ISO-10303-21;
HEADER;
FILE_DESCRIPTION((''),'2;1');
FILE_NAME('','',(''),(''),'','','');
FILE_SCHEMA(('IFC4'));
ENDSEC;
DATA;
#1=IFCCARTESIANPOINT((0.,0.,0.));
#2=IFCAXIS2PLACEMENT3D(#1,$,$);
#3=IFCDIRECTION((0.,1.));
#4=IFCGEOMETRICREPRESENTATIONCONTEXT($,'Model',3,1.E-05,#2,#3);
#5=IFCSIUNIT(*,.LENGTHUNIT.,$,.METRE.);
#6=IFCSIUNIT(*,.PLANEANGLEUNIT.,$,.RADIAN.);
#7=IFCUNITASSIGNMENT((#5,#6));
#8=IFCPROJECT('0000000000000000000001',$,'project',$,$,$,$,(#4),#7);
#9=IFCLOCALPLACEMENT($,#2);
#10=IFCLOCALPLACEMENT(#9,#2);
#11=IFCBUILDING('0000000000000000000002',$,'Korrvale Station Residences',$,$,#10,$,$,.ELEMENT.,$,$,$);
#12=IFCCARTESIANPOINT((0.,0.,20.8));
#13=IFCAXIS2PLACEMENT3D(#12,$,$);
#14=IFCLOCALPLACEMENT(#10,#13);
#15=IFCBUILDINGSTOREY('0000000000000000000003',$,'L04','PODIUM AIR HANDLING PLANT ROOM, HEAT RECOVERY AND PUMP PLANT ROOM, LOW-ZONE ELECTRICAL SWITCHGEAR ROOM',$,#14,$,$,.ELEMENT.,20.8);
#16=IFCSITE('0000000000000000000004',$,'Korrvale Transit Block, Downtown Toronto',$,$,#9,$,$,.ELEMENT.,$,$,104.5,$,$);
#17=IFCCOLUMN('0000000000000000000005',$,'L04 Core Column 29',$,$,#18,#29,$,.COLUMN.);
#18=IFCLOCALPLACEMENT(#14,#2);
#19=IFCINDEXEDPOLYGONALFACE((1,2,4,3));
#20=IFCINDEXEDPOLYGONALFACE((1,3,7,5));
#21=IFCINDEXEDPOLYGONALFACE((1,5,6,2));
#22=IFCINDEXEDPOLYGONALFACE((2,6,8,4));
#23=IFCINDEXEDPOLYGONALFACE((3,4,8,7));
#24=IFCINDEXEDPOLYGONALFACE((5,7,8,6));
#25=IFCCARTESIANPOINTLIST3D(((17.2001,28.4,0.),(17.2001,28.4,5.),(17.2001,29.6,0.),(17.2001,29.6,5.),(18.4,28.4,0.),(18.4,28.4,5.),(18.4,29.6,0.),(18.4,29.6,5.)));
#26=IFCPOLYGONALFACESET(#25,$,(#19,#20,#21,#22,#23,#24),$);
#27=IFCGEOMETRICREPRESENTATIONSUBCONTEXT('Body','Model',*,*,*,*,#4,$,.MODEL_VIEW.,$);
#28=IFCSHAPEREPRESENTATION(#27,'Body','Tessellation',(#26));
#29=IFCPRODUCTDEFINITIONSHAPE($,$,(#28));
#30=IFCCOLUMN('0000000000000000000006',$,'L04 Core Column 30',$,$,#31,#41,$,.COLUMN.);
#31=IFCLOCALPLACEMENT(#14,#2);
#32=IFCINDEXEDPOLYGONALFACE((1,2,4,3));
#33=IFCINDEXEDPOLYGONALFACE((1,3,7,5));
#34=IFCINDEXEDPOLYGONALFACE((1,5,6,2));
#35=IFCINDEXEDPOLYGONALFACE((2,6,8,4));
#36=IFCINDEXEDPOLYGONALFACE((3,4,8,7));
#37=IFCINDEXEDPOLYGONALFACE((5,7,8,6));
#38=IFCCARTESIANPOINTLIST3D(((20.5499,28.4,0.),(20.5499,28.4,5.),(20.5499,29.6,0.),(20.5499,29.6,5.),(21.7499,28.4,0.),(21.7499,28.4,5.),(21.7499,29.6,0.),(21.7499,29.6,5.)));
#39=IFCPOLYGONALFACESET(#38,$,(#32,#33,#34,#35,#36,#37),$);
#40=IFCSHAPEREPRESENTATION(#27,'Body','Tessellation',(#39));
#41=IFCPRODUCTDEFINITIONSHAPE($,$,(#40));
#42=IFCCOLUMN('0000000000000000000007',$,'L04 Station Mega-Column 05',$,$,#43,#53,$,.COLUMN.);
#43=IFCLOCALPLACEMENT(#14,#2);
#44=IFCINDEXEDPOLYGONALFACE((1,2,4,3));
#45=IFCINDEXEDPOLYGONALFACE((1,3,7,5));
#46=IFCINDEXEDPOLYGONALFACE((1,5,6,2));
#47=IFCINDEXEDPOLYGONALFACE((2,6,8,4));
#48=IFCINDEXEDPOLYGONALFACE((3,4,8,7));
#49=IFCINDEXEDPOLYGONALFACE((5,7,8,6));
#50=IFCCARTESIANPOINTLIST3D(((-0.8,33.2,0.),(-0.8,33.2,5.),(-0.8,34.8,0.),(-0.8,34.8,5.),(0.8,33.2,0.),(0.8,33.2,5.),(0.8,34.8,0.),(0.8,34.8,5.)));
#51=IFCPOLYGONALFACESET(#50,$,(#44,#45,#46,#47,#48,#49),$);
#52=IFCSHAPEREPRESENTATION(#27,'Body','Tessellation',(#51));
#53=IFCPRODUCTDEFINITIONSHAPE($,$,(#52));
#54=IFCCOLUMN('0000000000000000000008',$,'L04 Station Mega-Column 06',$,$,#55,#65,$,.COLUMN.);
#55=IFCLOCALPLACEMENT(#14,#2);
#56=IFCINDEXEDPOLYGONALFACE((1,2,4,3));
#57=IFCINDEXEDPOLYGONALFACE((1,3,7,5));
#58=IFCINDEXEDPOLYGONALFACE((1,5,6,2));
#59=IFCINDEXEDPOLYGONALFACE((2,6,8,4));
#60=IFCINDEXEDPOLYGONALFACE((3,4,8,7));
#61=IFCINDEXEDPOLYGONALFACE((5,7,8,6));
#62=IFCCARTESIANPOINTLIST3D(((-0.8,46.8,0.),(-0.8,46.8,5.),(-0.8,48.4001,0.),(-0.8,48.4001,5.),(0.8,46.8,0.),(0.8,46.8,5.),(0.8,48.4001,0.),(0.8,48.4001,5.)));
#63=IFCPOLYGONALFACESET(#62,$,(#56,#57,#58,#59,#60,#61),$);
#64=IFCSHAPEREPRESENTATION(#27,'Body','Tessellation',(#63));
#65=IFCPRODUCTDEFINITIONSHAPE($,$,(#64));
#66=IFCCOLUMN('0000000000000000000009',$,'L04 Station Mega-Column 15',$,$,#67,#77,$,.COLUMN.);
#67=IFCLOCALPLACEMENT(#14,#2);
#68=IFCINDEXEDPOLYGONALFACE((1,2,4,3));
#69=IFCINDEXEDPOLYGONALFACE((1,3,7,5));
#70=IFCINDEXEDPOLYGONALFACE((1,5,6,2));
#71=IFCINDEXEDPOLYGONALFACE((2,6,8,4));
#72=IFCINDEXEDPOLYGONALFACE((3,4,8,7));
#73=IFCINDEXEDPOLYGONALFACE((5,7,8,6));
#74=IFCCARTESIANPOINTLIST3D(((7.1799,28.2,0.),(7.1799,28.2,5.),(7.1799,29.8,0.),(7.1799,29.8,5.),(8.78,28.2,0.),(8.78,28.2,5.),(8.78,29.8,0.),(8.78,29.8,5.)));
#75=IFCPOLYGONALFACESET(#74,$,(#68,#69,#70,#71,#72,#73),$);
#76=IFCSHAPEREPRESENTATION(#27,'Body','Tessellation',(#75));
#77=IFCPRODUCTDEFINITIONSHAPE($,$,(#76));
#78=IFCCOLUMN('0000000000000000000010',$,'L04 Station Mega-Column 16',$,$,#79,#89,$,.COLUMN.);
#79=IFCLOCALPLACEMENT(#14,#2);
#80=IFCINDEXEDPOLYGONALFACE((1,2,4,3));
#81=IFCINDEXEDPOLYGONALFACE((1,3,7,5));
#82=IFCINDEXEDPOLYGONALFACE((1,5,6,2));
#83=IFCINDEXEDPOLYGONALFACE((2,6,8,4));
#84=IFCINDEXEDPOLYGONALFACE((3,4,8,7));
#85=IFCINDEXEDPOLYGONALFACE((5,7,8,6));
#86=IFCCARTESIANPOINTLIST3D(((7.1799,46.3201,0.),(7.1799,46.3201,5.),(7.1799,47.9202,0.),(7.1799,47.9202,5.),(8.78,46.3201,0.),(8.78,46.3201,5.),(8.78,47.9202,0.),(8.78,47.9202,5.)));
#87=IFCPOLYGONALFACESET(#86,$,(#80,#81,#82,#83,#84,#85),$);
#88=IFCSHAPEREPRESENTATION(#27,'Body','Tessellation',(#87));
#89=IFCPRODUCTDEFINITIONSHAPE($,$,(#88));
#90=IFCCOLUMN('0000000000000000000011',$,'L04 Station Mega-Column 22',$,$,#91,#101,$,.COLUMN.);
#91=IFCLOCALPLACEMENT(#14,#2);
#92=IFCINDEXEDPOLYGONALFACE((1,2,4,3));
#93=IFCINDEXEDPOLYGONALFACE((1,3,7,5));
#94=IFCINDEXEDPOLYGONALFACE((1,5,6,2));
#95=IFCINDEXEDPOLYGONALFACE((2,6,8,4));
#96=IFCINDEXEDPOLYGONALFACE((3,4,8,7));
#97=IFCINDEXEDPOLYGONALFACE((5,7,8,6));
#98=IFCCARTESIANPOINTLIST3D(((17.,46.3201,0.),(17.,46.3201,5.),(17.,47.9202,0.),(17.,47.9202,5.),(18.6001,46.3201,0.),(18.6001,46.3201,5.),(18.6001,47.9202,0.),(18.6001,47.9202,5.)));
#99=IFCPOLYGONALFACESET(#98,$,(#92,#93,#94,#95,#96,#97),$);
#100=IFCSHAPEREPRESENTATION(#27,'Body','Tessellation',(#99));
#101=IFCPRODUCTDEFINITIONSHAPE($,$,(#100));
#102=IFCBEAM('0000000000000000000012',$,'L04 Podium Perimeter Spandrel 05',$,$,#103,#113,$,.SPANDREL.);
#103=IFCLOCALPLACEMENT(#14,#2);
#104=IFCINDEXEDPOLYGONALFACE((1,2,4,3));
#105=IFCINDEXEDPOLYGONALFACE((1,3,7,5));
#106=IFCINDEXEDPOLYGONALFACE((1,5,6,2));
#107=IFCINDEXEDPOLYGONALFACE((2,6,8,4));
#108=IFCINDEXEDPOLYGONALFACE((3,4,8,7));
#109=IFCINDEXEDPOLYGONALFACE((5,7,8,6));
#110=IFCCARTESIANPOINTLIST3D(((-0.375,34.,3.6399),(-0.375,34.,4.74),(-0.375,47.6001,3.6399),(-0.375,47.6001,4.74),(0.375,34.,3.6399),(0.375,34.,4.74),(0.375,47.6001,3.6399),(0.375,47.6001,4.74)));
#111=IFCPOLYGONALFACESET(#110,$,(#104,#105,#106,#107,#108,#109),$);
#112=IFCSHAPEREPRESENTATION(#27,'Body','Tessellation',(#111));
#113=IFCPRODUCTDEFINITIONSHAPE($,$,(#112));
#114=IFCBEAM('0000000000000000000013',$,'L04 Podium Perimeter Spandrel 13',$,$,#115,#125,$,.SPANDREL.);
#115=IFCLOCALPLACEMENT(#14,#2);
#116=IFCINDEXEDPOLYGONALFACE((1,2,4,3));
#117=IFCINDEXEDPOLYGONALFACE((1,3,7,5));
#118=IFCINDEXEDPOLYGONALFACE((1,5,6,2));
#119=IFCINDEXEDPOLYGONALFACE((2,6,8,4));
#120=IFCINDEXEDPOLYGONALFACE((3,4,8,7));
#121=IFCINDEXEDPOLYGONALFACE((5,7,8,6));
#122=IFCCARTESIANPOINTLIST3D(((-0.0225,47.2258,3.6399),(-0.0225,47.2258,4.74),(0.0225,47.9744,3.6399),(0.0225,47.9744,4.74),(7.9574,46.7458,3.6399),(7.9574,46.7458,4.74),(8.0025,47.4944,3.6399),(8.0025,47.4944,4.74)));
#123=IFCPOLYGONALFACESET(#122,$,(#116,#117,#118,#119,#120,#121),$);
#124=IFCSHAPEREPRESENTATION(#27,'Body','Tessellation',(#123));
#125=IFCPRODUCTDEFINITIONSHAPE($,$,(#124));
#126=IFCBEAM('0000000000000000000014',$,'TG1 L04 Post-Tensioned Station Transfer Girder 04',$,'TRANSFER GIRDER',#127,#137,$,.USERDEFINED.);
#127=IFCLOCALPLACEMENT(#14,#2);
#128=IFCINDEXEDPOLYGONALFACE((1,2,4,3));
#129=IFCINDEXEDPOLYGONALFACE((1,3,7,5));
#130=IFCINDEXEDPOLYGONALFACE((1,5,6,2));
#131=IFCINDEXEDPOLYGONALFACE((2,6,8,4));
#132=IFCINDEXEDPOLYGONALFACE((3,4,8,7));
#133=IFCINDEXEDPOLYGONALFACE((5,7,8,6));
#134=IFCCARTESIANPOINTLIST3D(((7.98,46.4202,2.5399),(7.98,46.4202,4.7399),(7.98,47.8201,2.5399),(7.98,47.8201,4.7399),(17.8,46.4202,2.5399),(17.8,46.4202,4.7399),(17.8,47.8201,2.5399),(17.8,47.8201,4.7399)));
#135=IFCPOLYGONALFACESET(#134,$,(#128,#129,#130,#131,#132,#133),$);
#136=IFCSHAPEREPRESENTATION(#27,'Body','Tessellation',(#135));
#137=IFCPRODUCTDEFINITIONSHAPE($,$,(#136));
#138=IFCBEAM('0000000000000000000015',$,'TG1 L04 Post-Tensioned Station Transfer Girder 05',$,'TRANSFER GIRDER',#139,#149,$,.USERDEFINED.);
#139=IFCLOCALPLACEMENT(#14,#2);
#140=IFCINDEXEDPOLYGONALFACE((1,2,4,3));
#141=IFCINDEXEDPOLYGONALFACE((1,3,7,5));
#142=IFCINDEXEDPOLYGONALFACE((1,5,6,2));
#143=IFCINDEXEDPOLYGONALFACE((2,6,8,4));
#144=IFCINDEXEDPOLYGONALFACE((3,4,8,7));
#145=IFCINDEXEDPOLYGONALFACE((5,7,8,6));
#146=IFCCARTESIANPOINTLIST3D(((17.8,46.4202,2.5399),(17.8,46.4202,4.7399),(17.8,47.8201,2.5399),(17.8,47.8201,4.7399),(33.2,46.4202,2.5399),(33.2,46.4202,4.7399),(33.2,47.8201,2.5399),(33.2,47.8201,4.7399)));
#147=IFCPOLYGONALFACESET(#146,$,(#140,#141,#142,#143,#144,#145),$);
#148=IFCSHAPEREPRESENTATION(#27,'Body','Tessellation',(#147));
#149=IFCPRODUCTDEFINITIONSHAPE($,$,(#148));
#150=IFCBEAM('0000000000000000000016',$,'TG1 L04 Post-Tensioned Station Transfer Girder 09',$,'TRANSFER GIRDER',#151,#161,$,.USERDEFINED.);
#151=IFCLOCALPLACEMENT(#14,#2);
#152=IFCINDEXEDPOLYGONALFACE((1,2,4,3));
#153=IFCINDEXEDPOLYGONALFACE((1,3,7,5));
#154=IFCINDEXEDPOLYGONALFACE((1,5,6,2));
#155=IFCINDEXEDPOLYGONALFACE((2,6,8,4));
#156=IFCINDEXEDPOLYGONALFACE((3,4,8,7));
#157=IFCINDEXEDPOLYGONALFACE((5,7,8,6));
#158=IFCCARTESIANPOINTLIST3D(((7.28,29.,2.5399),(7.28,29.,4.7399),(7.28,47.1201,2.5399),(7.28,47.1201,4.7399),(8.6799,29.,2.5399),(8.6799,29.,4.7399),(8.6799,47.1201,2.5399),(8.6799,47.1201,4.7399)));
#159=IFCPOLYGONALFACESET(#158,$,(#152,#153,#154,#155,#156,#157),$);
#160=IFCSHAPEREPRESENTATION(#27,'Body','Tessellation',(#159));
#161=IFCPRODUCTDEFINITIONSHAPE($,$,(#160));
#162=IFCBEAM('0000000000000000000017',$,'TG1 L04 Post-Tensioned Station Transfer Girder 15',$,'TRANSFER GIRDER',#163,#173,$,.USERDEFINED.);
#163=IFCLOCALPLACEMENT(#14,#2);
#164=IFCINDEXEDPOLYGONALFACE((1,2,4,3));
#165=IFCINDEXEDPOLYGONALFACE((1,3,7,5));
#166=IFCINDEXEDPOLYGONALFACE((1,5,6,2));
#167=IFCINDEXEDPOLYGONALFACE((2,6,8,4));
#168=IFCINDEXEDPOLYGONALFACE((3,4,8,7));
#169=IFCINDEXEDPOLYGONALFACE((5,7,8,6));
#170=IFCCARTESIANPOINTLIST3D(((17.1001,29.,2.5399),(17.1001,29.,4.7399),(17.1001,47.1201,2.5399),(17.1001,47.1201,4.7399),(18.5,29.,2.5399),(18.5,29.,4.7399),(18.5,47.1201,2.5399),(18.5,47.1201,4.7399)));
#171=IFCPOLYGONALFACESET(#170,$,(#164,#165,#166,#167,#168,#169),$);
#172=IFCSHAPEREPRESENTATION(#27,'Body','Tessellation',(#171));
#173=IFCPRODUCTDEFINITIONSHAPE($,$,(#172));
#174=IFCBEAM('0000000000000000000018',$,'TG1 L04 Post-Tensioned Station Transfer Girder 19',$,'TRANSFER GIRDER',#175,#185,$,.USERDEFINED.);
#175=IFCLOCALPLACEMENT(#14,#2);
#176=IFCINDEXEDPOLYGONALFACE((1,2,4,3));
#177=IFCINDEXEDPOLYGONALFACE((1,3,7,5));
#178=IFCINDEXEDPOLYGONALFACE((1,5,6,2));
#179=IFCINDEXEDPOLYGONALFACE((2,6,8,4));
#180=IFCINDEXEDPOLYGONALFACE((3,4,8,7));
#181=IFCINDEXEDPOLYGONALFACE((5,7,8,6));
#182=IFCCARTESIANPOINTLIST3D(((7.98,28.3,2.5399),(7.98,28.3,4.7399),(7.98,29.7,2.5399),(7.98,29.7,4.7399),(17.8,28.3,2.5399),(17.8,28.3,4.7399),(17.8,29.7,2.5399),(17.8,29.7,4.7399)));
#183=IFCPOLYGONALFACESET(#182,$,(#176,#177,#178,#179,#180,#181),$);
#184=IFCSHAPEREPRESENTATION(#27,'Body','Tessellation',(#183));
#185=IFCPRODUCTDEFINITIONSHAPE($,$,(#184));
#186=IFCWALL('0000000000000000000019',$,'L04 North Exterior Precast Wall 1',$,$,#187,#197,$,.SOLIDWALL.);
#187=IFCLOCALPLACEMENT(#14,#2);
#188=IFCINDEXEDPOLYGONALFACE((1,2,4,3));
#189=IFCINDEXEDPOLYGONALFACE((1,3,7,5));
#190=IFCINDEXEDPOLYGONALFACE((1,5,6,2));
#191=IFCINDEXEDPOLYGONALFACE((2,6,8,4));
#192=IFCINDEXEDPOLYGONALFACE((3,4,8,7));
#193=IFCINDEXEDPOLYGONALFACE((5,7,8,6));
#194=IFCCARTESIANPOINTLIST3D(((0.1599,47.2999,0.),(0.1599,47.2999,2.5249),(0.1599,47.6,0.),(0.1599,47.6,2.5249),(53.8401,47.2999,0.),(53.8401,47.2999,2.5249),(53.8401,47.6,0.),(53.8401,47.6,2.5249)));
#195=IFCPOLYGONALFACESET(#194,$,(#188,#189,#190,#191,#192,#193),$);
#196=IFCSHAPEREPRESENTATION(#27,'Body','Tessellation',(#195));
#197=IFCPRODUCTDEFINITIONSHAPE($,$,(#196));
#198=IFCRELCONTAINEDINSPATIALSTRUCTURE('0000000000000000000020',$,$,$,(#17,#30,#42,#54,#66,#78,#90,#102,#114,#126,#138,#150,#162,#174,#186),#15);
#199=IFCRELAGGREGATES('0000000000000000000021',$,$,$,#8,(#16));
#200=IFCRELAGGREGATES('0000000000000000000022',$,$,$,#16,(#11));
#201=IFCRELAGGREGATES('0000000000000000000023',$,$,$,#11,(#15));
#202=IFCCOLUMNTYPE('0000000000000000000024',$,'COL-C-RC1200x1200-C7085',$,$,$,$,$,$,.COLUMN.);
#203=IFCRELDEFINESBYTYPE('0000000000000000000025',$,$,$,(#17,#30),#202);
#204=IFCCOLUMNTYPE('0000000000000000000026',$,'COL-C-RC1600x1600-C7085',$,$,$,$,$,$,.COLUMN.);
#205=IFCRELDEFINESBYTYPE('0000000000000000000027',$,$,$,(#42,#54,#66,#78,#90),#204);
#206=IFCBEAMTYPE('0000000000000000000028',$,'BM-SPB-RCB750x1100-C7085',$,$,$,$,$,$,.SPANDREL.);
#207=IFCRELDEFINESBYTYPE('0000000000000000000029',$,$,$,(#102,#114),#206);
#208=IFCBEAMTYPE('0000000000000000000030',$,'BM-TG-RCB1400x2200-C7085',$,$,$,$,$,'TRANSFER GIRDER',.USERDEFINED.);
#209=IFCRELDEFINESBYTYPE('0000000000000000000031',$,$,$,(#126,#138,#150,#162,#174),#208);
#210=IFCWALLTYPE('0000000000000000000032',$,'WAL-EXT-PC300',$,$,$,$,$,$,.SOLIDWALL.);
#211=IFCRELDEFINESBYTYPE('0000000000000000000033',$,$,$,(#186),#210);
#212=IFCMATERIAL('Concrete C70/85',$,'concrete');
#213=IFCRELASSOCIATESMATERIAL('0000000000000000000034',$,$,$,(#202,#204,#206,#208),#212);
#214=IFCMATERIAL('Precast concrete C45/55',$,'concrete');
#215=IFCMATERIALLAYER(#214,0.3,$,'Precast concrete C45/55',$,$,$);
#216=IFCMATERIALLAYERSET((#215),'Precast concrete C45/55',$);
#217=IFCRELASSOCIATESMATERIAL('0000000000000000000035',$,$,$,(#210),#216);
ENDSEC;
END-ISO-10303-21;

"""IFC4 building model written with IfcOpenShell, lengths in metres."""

from ifc_helpers import new_model, si_unit, direction, frame, frame_2d, origin, origin_2d, place, context, subcontext, project, spatial, rectangle, extrude, material, layer, layer_set, material_profile, profile_set, type_object, element, save


model = new_model("IFC4")

# Units and contexts
model_context = context("Model", 3, precision=1e-05, world=origin(), true_north=direction((0.0, 1.0)))
body_context = subcontext(model_context, "Body", "Model", "MODEL_VIEW")
ifc_project = project(units=[si_unit("LENGTHUNIT", "METRE"), si_unit("PLANEANGLEUNIT", "RADIAN")], contexts=[model_context])

# Site, building, storey
site_placement = place(None, origin())
site = spatial("IfcSite", under=ifc_project, at=site_placement, Name="Korrvale Transit Block, Downtown Toronto", CompositionType="ELEMENT", RefElevation=104.5)
building_placement = place(site_placement, origin())
building = spatial("IfcBuilding", under=site, at=building_placement, Name="Korrvale Station Residences", CompositionType="ELEMENT")
storey_placement = place(building_placement, frame((0.0, 0.0, 20.8)))
storey = spatial("IfcBuildingStorey", under=building, at=storey_placement, Name="L04", Description="PODIUM AIR HANDLING PLANT ROOM, HEAT RECOVERY AND PUMP PLANT ROOM, LOW-ZONE ELECTRICAL SWITCHGEAR ROOM", CompositionType="ELEMENT", Elevation=20.8)

# Columns
ifc_material_1 = material(Name="Concrete C70/85", Category="concrete")
ifc_material_profile_1 = material_profile(ifc_material_1, rectangle(XDim=1.2, YDim=1.2, at=origin_2d()), Name="RC1200x1200")
ifc_profile_set_1 = profile_set([ifc_material_profile_1], Name="Concrete C70/85")
column_type_1 = type_object("IfcColumnType", Name="COL-C-RC1200x1200-C7085", PredefinedType="COLUMN", material=ifc_profile_set_1)
for number, where, z_axis, x_axis, name in (
    (1, (17.8, 29.0, 0.0), (0.0, 0.0, 1.0), (1.0, 0.0, 0.0), "L04 Core Column 29"),
    (2, (21.1499, 29.0, 0.0), (0.0, 0.0, 1.0), (1.0, 0.0, 0.0), "L04 Core Column 30"),
):
    element("IfcColumn", number, at=place(storey_placement, frame(where, z_axis=z_axis, x_axis=x_axis)), inside=storey, type_object=column_type_1, Name=name, PredefinedType="COLUMN", context=body_context, shape_type="SweptSolid", body=[
        extrude(rectangle(XDim=1.2, YDim=1.2, at=origin_2d()), origin(), (0.0, 0.0, 1.0), 5.0),
    ])
ifc_material_profile_2 = material_profile(ifc_material_1, rectangle(XDim=1.6001, YDim=1.6001, at=origin_2d()), Name="RC1600x1600")
ifc_profile_set_2 = profile_set([ifc_material_profile_2], Name="Concrete C70/85")
column_type_2 = type_object("IfcColumnType", Name="COL-C-RC1600x1600-C7085", PredefinedType="COLUMN", material=ifc_profile_set_2)
for number, where, z_axis, x_axis, name in (
    (3, (0.0, 34.0, 0.0), (0.0, 0.0, 1.0), (1.0, 0.0, 0.0), "L04 Station Mega-Column 05"),
    (4, (0.0, 47.6001, 0.0), (0.0, 0.0, 1.0), (1.0, 0.0, 0.0), "L04 Station Mega-Column 06"),
    (5, (7.98, 29.0, 0.0), (0.0, 0.0, 1.0), (1.0, 0.0, 0.0), "L04 Station Mega-Column 15"),
    (6, (7.98, 47.1201, 0.0), (0.0, 0.0, 1.0), (1.0, 0.0, 0.0), "L04 Station Mega-Column 16"),
    (7, (17.8, 47.1201, 0.0), (0.0, 0.0, 1.0), (1.0, 0.0, 0.0), "L04 Station Mega-Column 22"),
):
    element("IfcColumn", number, at=place(storey_placement, frame(where, z_axis=z_axis, x_axis=x_axis)), inside=storey, type_object=column_type_2, Name=name, PredefinedType="COLUMN", context=body_context, shape_type="SweptSolid", body=[
        extrude(rectangle(XDim=1.6001, YDim=1.6001, at=origin_2d()), origin(), (0.0, 0.0, 1.0), 5.0),
    ])

# Beams
ifc_material_profile_3 = material_profile(ifc_material_1, rectangle(XDim=0.75, YDim=1.1001, at=origin_2d()), Name="RCB750x1100")
ifc_profile_set_3 = profile_set([ifc_material_profile_3], Name="Concrete C70/85")
beam_type_1 = type_object("IfcBeamType", Name="BM-SPB-RCB750x1100-C7085", PredefinedType="SPANDREL", material=ifc_profile_set_3)
beam_1_placement = place(storey_placement, frame((0.0, 34.0, 4.1899), z_axis=(0.0, 1.0, 0.0), x_axis=(-1.0, 0.0, 0.0)))
element("IfcBeam", 8, at=beam_1_placement, inside=storey, type_object=beam_type_1, Name="L04 Podium Perimeter Spandrel 05", PredefinedType="SPANDREL", context=body_context, shape_type="SweptSolid", body=[
    extrude(rectangle(XDim=0.75, YDim=1.1001, at=origin_2d()), origin(), (0.0, 0.0, 1.0), 13.6001),
])
beam_2_placement = place(storey_placement, frame((0.0, 47.6001, 4.1899), z_axis=(0.998196, -0.06004, 0.0), x_axis=(0.06004, 0.998196, 0.0)))
element("IfcBeam", 9, at=beam_2_placement, inside=storey, type_object=beam_type_1, Name="L04 Podium Perimeter Spandrel 13", PredefinedType="SPANDREL", context=body_context, shape_type="SweptSolid", body=[
    extrude(rectangle(XDim=0.75, YDim=1.1001, at=origin_2d()), origin(), (0.0, 0.0, 1.0), 7.9944),
])
ifc_material_profile_4 = material_profile(ifc_material_1, rectangle(XDim=1.3999, YDim=2.2, at=origin_2d()), Name="RCB1400x2200")
ifc_profile_set_4 = profile_set([ifc_material_profile_4], Name="Concrete C70/85")
beam_type_2 = type_object("IfcBeamType", Name="BM-TG-RCB1400x2200-C7085", ElementType="TRANSFER GIRDER", PredefinedType="USERDEFINED", material=ifc_profile_set_4)
beam_3_placement = place(storey_placement, frame((7.98, 47.1201, 3.6399), z_axis=(1.0, 0.0, 0.0), x_axis=(0.0, 1.0, 0.0)))
element("IfcBeam", 10, at=beam_3_placement, inside=storey, type_object=beam_type_2, Name="TG1 L04 Post-Tensioned Station Transfer Girder 04", ObjectType="TRANSFER GIRDER", PredefinedType="USERDEFINED", context=body_context, shape_type="SweptSolid", body=[
    extrude(rectangle(XDim=1.3999, YDim=2.2, at=origin_2d()), origin(), (0.0, 0.0, 1.0), 9.8201),
])
beam_4_placement = place(storey_placement, frame((17.8, 47.1201, 3.6399), z_axis=(1.0, 0.0, 0.0), x_axis=(0.0, 1.0, 0.0)))
element("IfcBeam", 11, at=beam_4_placement, inside=storey, type_object=beam_type_2, Name="TG1 L04 Post-Tensioned Station Transfer Girder 05", ObjectType="TRANSFER GIRDER", PredefinedType="USERDEFINED", context=body_context, shape_type="SweptSolid", body=[
    extrude(rectangle(XDim=1.3999, YDim=2.2, at=origin_2d()), origin(), (0.0, 0.0, 1.0), 15.3999),
])
for number, where, z_axis, x_axis, name in (
    (12, (7.98, 29.0, 3.6399), (0.0, 1.0, 0.0), (-1.0, 0.0, 0.0), "TG1 L04 Post-Tensioned Station Transfer Girder 09"),
    (13, (17.8, 29.0, 3.6399), (0.0, 1.0, 0.0), (-1.0, 0.0, 0.0), "TG1 L04 Post-Tensioned Station Transfer Girder 15"),
):
    element("IfcBeam", number, at=place(storey_placement, frame(where, z_axis=z_axis, x_axis=x_axis)), inside=storey, type_object=beam_type_2, Name=name, ObjectType="TRANSFER GIRDER", PredefinedType="USERDEFINED", context=body_context, shape_type="SweptSolid", body=[
        extrude(rectangle(XDim=1.3999, YDim=2.2, at=origin_2d()), origin(), (0.0, 0.0, 1.0), 18.1201),
    ])
beam_5_placement = place(storey_placement, frame((7.98, 29.0, 3.6399), z_axis=(1.0, 0.0, 0.0), x_axis=(0.0, 1.0, 0.0)))
element("IfcBeam", 14, at=beam_5_placement, inside=storey, type_object=beam_type_2, Name="TG1 L04 Post-Tensioned Station Transfer Girder 19", ObjectType="TRANSFER GIRDER", PredefinedType="USERDEFINED", context=body_context, shape_type="SweptSolid", body=[
    extrude(rectangle(XDim=1.3999, YDim=2.2, at=origin_2d()), origin(), (0.0, 0.0, 1.0), 9.8201),
])

# Wall
ifc_material_2 = material(Name="Precast concrete C45/55", Category="concrete")
ifc_layer_1 = layer(ifc_material_2, 0.3, Name="Precast concrete C45/55")
ifc_layer_set_1 = layer_set([ifc_layer_1], Name="Precast concrete C45/55")
wall_type_1 = type_object("IfcWallType", Name="WAL-EXT-PC300", PredefinedType="SOLIDWALL", material=ifc_layer_set_1)
wall_1_placement = place(storey_placement, frame((0.1599, 47.45, 0.0), z_axis=(0.0, 0.0, 1.0), x_axis=(1.0, 0.0, 0.0)))
element("IfcWall", 15, at=wall_1_placement, inside=storey, type_object=wall_type_1, Name="L04 North Exterior Precast Wall 1", PredefinedType="SOLIDWALL", context=body_context, shape_type="SweptSolid", body=[
    extrude(rectangle(XDim=53.6802, YDim=0.3, at=frame_2d((26.8401, 0.0))), origin(), (0.0, 0.0, 1.0), 2.5249),
])

save(model, "model.ifc")
